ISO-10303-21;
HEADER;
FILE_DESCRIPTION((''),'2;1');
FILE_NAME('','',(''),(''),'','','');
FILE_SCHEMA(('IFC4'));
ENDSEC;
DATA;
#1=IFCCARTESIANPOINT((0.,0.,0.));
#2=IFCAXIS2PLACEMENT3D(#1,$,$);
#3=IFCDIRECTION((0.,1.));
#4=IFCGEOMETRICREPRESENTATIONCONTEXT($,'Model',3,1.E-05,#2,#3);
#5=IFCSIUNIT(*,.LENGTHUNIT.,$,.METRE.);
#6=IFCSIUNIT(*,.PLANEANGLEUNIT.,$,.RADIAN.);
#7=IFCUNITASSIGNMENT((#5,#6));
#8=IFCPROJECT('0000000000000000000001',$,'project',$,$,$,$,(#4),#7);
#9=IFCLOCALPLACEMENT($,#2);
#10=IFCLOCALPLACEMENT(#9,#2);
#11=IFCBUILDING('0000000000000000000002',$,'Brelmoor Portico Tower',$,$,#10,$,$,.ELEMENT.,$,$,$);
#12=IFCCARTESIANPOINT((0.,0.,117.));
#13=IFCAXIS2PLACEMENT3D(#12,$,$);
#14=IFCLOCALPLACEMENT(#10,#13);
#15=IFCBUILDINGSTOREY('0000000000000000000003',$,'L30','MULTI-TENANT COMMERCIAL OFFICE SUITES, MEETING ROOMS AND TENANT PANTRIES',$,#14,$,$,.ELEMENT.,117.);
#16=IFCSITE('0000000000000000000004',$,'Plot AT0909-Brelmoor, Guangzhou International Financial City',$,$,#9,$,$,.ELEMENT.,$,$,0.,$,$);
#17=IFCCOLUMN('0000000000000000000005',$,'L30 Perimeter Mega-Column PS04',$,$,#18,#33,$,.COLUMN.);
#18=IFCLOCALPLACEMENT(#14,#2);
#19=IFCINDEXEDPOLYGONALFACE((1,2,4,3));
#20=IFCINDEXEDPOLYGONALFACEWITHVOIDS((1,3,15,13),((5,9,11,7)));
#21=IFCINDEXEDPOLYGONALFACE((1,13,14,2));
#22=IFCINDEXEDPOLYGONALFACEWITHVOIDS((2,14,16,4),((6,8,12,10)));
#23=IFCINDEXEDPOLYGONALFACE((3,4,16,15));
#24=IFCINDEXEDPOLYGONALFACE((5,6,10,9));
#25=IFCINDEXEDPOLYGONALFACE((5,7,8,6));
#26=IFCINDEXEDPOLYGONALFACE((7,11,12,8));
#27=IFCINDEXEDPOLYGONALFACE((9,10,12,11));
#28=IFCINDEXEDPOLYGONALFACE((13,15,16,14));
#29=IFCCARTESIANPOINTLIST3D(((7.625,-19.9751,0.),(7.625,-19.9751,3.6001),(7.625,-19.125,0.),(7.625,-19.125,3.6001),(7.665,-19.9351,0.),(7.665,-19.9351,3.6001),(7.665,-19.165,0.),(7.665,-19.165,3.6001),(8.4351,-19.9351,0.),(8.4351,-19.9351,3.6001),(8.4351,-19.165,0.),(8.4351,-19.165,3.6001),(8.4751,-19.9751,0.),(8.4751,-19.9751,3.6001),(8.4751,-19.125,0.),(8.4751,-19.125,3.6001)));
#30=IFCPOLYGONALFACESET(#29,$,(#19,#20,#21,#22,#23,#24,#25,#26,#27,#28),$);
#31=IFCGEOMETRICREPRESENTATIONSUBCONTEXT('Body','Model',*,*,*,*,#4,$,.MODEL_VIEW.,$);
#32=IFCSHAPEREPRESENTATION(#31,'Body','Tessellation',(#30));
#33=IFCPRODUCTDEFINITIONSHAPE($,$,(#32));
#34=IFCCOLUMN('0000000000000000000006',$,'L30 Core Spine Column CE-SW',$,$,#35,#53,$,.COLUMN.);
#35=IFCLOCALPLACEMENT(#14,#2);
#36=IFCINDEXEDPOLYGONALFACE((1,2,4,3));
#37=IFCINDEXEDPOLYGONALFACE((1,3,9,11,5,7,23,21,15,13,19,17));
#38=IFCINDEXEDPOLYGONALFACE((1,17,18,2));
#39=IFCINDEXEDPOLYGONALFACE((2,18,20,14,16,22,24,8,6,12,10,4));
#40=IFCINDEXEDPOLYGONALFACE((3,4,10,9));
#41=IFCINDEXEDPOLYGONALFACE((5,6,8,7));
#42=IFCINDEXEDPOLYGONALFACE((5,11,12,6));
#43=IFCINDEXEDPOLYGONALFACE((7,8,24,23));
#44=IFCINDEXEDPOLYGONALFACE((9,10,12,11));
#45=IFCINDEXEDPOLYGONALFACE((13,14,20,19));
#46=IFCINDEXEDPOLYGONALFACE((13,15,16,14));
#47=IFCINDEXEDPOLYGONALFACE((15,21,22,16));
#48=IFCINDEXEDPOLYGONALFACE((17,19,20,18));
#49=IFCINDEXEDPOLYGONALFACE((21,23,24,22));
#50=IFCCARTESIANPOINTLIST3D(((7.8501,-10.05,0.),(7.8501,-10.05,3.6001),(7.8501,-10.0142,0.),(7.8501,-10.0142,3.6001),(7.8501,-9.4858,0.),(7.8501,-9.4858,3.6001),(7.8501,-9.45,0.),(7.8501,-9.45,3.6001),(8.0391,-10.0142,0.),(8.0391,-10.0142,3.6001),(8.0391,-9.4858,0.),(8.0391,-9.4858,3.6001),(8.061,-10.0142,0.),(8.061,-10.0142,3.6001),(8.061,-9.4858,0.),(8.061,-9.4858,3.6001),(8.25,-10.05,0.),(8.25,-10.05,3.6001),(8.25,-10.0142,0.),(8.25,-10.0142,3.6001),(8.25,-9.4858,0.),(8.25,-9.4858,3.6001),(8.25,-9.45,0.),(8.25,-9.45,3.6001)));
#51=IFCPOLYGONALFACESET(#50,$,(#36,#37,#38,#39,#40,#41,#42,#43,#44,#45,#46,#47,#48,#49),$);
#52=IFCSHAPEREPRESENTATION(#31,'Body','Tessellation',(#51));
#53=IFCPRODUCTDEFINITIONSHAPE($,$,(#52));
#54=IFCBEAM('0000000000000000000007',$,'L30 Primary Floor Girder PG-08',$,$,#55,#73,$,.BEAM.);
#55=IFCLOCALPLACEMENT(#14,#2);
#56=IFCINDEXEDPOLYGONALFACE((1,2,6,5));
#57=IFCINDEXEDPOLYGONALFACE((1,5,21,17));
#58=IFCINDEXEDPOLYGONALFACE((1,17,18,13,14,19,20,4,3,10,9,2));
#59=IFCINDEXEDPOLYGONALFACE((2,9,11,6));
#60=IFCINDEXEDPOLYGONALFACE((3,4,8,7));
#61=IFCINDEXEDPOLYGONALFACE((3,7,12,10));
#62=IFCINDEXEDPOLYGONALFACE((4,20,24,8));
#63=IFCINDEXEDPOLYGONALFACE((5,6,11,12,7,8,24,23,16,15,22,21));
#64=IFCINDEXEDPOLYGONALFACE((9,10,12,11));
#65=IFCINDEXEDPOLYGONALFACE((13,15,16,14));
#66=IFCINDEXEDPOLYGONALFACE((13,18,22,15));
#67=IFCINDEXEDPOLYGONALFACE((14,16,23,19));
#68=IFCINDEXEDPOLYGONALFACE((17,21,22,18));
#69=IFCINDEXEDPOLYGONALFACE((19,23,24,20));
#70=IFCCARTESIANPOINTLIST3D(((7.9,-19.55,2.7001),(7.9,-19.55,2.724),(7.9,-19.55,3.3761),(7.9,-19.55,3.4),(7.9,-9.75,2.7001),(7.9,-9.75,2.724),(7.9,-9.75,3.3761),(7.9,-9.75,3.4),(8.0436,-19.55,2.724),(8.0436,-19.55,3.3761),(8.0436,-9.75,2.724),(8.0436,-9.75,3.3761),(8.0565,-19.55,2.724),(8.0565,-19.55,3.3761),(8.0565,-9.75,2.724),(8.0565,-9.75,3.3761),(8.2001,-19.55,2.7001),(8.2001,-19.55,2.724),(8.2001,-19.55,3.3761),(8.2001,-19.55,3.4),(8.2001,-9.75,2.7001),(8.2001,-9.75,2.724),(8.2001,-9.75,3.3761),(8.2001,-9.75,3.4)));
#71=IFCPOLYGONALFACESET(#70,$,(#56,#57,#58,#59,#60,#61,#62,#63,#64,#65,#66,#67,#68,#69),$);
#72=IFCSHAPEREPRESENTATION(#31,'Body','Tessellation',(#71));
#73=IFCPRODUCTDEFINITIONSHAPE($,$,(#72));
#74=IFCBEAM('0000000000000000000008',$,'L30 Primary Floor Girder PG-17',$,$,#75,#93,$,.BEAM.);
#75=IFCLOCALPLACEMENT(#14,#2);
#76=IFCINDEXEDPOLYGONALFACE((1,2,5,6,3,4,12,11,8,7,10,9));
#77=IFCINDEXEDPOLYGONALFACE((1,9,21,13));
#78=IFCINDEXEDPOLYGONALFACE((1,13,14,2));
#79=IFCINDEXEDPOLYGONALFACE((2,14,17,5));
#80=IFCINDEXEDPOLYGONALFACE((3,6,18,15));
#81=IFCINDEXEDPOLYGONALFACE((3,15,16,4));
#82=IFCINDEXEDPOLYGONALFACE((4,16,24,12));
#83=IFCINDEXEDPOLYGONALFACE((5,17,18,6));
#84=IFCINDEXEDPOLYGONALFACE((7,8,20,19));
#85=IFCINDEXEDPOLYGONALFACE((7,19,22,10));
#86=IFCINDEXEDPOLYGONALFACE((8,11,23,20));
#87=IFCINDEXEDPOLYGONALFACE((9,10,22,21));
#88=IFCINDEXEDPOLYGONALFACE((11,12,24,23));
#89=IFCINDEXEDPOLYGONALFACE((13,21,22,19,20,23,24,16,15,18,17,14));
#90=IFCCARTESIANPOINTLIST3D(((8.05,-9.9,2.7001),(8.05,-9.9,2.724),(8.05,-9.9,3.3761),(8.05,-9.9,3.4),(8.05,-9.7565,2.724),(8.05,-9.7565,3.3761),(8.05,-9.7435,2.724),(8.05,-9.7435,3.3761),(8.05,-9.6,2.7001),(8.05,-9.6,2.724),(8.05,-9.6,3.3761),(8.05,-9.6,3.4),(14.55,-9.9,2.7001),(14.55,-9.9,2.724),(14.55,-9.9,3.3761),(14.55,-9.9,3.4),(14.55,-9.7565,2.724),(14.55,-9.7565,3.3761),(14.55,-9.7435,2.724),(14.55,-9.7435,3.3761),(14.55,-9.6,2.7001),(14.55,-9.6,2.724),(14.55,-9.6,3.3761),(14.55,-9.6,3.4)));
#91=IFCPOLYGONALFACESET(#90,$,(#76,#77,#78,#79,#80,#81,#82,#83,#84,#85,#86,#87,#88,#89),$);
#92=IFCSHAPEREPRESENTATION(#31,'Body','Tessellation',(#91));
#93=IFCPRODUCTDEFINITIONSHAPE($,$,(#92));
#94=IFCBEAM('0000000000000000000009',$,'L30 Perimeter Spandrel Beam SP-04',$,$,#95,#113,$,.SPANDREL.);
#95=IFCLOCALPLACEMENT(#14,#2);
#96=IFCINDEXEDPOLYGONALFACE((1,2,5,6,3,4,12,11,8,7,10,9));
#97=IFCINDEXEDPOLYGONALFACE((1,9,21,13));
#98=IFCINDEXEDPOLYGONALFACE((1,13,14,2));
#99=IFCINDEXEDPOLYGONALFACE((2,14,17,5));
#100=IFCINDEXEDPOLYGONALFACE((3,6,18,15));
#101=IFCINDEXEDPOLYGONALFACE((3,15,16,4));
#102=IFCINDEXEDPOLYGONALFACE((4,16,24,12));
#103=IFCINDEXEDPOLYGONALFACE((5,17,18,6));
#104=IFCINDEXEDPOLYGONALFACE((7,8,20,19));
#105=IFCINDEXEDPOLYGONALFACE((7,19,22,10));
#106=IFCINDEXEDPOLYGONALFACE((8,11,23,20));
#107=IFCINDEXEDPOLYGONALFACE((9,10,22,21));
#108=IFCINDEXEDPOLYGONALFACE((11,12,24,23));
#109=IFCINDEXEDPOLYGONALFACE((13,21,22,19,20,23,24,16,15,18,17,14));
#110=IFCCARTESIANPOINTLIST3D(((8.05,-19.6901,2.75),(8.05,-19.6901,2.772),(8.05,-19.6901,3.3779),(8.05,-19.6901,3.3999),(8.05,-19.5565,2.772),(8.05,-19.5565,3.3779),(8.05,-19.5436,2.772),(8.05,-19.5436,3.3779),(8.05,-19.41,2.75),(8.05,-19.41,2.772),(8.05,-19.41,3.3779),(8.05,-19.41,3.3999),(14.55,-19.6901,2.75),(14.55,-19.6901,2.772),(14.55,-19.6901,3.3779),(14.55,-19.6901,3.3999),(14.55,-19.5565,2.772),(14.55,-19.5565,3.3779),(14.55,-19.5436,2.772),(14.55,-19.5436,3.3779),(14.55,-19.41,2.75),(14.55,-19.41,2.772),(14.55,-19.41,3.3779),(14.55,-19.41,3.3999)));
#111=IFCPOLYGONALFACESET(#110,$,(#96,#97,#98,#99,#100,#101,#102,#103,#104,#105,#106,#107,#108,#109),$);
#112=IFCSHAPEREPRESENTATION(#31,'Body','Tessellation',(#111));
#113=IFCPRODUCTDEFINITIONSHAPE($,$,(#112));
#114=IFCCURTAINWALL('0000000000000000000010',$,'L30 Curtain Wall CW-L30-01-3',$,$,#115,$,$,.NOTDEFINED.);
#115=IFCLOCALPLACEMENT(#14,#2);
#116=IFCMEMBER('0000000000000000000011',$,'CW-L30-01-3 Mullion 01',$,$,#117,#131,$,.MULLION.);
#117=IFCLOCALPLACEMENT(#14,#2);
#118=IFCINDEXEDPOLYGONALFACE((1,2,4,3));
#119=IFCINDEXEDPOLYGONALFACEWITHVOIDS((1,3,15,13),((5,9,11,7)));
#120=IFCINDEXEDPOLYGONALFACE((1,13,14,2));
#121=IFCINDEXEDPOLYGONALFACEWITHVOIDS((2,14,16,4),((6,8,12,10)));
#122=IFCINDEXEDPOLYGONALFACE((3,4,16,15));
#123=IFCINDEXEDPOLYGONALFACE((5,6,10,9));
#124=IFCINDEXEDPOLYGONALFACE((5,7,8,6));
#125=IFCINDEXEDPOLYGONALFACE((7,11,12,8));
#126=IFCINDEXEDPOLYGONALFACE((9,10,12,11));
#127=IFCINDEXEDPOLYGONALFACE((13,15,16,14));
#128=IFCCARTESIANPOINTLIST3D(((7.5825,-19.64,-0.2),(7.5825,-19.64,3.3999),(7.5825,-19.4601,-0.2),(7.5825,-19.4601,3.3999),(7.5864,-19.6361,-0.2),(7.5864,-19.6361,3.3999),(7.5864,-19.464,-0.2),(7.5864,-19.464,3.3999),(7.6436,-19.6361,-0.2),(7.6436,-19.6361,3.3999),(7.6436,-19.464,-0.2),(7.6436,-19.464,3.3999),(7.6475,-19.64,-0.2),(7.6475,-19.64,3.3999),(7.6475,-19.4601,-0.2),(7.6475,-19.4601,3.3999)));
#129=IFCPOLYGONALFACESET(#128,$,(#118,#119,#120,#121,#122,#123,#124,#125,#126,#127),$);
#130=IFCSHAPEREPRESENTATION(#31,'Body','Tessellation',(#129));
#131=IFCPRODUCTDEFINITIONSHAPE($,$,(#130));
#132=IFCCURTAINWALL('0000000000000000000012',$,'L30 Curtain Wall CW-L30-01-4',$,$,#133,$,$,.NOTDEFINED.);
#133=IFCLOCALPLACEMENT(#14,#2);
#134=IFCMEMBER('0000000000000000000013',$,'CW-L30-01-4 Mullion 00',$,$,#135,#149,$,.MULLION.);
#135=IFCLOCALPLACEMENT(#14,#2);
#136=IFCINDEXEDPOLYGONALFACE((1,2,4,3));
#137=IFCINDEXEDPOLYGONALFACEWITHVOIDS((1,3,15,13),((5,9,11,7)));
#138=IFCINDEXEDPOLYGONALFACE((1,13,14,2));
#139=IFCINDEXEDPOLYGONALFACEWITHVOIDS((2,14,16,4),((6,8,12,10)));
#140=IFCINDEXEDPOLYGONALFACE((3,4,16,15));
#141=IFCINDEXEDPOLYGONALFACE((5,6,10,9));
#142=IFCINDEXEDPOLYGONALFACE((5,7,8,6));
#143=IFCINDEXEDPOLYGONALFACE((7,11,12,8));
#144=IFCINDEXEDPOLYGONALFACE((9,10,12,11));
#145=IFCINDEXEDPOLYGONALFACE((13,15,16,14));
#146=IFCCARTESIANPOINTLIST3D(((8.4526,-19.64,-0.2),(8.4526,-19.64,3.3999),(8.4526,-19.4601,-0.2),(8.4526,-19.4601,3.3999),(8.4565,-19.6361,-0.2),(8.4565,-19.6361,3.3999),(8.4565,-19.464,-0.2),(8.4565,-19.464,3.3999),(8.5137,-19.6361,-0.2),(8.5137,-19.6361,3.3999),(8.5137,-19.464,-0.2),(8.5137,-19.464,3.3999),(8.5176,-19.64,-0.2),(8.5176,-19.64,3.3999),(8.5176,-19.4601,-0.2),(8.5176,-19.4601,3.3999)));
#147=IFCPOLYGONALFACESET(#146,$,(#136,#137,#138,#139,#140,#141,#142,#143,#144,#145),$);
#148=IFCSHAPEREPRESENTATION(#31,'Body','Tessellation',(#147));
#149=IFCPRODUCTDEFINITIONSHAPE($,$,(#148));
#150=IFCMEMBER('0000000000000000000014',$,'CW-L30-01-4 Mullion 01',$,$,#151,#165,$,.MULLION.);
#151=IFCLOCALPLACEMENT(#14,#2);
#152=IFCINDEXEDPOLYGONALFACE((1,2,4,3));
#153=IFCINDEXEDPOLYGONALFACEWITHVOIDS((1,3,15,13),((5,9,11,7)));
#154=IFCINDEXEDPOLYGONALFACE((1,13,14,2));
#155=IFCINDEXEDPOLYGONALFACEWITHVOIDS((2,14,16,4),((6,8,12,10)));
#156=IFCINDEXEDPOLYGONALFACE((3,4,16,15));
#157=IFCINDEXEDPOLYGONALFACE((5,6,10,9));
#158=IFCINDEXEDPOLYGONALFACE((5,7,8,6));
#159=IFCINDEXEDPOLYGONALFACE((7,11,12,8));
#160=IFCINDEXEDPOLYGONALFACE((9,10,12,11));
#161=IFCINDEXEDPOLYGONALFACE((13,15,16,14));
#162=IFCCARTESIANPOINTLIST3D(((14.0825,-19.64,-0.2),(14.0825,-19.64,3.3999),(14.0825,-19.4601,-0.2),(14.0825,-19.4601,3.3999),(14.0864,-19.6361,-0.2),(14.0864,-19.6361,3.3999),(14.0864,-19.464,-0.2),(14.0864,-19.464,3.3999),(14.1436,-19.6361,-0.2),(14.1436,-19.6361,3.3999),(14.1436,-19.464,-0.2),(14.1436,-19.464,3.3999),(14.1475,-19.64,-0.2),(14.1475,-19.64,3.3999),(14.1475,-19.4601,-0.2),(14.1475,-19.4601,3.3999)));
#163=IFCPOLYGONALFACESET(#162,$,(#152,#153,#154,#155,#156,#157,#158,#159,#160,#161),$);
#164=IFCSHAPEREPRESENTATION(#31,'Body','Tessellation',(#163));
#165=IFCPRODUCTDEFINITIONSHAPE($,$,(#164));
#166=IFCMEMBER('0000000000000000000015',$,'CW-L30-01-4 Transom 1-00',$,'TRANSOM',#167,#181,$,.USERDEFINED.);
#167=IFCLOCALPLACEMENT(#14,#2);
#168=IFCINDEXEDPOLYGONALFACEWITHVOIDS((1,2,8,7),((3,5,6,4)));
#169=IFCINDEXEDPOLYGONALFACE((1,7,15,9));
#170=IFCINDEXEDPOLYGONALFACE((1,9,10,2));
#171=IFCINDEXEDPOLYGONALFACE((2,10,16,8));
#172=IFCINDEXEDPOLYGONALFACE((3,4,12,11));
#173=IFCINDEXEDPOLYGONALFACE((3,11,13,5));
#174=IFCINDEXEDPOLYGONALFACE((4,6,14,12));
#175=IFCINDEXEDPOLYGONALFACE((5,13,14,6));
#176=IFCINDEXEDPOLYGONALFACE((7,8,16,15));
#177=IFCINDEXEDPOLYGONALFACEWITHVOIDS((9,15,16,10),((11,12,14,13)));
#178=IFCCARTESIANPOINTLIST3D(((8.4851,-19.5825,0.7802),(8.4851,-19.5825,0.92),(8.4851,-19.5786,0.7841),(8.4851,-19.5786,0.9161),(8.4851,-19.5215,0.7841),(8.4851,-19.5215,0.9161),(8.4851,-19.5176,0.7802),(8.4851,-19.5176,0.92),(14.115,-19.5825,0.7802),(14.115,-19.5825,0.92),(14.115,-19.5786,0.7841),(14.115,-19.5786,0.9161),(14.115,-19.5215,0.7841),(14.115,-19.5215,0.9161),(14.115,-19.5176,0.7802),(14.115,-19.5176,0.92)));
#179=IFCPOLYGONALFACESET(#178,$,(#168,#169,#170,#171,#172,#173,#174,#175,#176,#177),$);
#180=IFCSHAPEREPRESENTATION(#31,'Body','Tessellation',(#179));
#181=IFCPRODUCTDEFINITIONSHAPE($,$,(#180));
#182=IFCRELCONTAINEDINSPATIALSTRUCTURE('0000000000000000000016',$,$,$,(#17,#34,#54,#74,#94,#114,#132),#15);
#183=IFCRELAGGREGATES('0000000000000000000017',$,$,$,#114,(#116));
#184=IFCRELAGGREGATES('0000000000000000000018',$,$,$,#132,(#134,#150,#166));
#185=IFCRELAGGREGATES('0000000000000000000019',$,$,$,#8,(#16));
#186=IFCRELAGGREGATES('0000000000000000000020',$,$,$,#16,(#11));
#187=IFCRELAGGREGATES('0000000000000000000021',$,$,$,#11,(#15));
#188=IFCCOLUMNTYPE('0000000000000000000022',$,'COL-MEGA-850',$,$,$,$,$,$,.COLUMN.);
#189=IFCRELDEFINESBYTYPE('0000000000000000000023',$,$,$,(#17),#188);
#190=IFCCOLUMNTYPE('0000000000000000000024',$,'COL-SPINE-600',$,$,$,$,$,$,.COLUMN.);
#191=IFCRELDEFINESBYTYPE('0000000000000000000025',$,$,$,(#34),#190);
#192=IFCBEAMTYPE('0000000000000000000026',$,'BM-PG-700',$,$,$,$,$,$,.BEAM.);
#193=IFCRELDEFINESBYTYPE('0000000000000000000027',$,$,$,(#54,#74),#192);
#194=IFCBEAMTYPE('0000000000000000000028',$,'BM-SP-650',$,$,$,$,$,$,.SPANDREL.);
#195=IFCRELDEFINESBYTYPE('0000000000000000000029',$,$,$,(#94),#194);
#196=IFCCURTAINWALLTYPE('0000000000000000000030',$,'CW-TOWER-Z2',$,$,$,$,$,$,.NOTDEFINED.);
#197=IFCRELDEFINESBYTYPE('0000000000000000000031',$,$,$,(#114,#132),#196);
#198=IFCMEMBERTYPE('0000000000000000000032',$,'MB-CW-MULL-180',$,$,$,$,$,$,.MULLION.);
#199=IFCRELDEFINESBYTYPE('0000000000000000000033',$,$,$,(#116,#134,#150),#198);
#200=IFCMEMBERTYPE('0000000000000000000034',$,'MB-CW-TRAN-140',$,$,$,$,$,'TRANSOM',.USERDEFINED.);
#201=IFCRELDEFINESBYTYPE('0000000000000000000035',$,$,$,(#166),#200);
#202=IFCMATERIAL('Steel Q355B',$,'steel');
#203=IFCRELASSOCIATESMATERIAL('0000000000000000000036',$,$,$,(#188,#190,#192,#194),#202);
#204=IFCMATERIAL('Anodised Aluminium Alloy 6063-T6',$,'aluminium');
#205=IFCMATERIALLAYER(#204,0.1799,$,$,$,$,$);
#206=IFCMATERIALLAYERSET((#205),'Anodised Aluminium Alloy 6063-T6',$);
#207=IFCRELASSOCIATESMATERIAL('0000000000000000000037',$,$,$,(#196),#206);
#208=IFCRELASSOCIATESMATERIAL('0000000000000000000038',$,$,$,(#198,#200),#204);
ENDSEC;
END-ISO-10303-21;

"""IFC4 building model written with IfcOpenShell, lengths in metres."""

from ifc_helpers import new_model, si_unit, direction, frame, origin, origin_2d, place, context, subcontext, project, spatial, hollow_rectangle, i_section, extrude, material, layer, layer_set, material_profile, profile_set, type_object, element, aggregate, save


model = new_model("IFC4")

# Units and contexts
model_context = context("Model", 3, precision=1e-05, world=origin(), true_north=direction((0.0, 1.0)))
body_context = subcontext(model_context, "Body", "Model", "MODEL_VIEW")
ifc_project = project(units=[si_unit("LENGTHUNIT", "METRE"), si_unit("PLANEANGLEUNIT", "RADIAN")], contexts=[model_context])

# Site, building, storey
site_placement = place(None, origin())
site = spatial("IfcSite", under=ifc_project, at=site_placement, Name="Plot AT0909-Brelmoor, Guangzhou International Financial City", CompositionType="ELEMENT", RefElevation=0.0)
building_placement = place(site_placement, origin())
building = spatial("IfcBuilding", under=site, at=building_placement, Name="Brelmoor Portico Tower", CompositionType="ELEMENT")
storey_placement = place(building_placement, frame((0.0, 0.0, 117.0)))
storey = spatial("IfcBuildingStorey", under=building, at=storey_placement, Name="L30", Description="MULTI-TENANT COMMERCIAL OFFICE SUITES, MEETING ROOMS AND TENANT PANTRIES", CompositionType="ELEMENT", Elevation=117.0)

# Columns
ifc_material_1 = material(Name="Steel Q355B", Category="steel")
ifc_material_profile_1 = material_profile(ifc_material_1, hollow_rectangle(XDim=0.8501, YDim=0.8501, WallThickness=0.04, at=origin_2d()), Name="BOX 850x850x40")
ifc_profile_set_1 = profile_set([ifc_material_profile_1], Name="Steel Q355B")
column_type_1 = type_object("IfcColumnType", Name="COL-MEGA-850", PredefinedType="COLUMN", material=ifc_profile_set_1)
column_1_placement = place(storey_placement, frame((8.05, -19.55, 0.0), z_axis=(0.0, 0.0, 1.0), x_axis=(1.0, 0.0, 0.0)))
element("IfcColumn", 1, at=column_1_placement, inside=storey, type_object=column_type_1, Name="L30 Perimeter Mega-Column PS04", PredefinedType="COLUMN", context=body_context, shape_type="SweptSolid", body=[
    extrude(hollow_rectangle(XDim=0.8501, YDim=0.8501, WallThickness=0.04, at=origin_2d()), origin(), (0.0, 0.0, 1.0), 3.6001),
])
ifc_material_profile_2 = material_profile(ifc_material_1, i_section(OverallWidth=0.3999, OverallDepth=0.6001, WebThickness=0.022, FlangeThickness=0.0359, at=origin_2d()), Name="HW 600x400x22x36")
ifc_profile_set_2 = profile_set([ifc_material_profile_2], Name="Steel Q355B")
column_type_2 = type_object("IfcColumnType", Name="COL-SPINE-600", PredefinedType="COLUMN", material=ifc_profile_set_2)
column_2_placement = place(storey_placement, frame((8.05, -9.75, 0.0), z_axis=(0.0, 0.0, 1.0), x_axis=(1.0, 0.0, 0.0)))
element("IfcColumn", 2, at=column_2_placement, inside=storey, type_object=column_type_2, Name="L30 Core Spine Column CE-SW", PredefinedType="COLUMN", context=body_context, shape_type="SweptSolid", body=[
    extrude(i_section(OverallWidth=0.3999, OverallDepth=0.6001, WebThickness=0.022, FlangeThickness=0.0359, at=origin_2d()), origin(), (0.0, 0.0, 1.0), 3.6001),
])

# Beams
ifc_material_profile_3 = material_profile(ifc_material_1, i_section(OverallWidth=0.3, OverallDepth=0.7, WebThickness=0.0129, FlangeThickness=0.0239, at=origin_2d()), Name="HN 700x300x13x24")
ifc_profile_set_3 = profile_set([ifc_material_profile_3], Name="Steel Q355B")
beam_type_1 = type_object("IfcBeamType", Name="BM-PG-700", PredefinedType="BEAM", material=ifc_profile_set_3)
beam_1_placement = place(storey_placement, frame((8.05, -19.55, 3.05), z_axis=(0.0, 1.0, 0.0), x_axis=(-1.0, 0.0, 0.0)))
element("IfcBeam", 3, at=beam_1_placement, inside=storey, type_object=beam_type_1, Name="L30 Primary Floor Girder PG-08", PredefinedType="BEAM", context=body_context, shape_type="SweptSolid", body=[
    extrude(i_section(OverallWidth=0.3, OverallDepth=0.7, WebThickness=0.0129, FlangeThickness=0.0239, at=origin_2d()), origin(), (0.0, 0.0, 1.0), 9.8),
])
beam_2_placement = place(storey_placement, frame((8.05, -9.75, 3.05), z_axis=(1.0, 0.0, 0.0), x_axis=(0.0, 1.0, 0.0)))
element("IfcBeam", 4, at=beam_2_placement, inside=storey, type_object=beam_type_1, Name="L30 Primary Floor Girder PG-17", PredefinedType="BEAM", context=body_context, shape_type="SweptSolid", body=[
    extrude(i_section(OverallWidth=0.3, OverallDepth=0.7, WebThickness=0.0129, FlangeThickness=0.0239, at=origin_2d()), origin(), (0.0, 0.0, 1.0), 6.5),
])
ifc_material_profile_4 = material_profile(ifc_material_1, i_section(OverallWidth=0.28, OverallDepth=0.6499, WebThickness=0.0129, FlangeThickness=0.022, at=origin_2d()), Name="HN 650x280x13x22")
ifc_profile_set_4 = profile_set([ifc_material_profile_4], Name="Steel Q355B")
beam_type_2 = type_object("IfcBeamType", Name="BM-SP-650", PredefinedType="SPANDREL", material=ifc_profile_set_4)
beam_3_placement = place(storey_placement, frame((8.05, -19.55, 3.075), z_axis=(1.0, 0.0, 0.0), x_axis=(0.0, 1.0, 0.0)))
element("IfcBeam", 5, at=beam_3_placement, inside=storey, type_object=beam_type_2, Name="L30 Perimeter Spandrel Beam SP-04", PredefinedType="SPANDREL", context=body_context, shape_type="SweptSolid", body=[
    extrude(i_section(OverallWidth=0.28, OverallDepth=0.6499, WebThickness=0.0129, FlangeThickness=0.022, at=origin_2d()), origin(), (0.0, 0.0, 1.0), 6.5),
])

# Curtain wall, member
ifc_material_2 = material(Name="Anodised Aluminium Alloy 6063-T6", Category="aluminium")
ifc_layer_1 = layer(ifc_material_2, 0.1799)
ifc_layer_set_1 = layer_set([ifc_layer_1], Name="Anodised Aluminium Alloy 6063-T6")
curtain_wall_type = type_object("IfcCurtainWallType", Name="CW-TOWER-Z2", PredefinedType="NOTDEFINED", material=ifc_layer_set_1)
curtain_wall_1_placement = place(storey_placement, origin())
curtain_wall_1 = element("IfcCurtainWall", 6, at=curtain_wall_1_placement, inside=storey, type_object=curtain_wall_type, Name="L30 Curtain Wall CW-L30-01-3", PredefinedType="NOTDEFINED")
ifc_material_profile_5 = material_profile(ifc_material_2, hollow_rectangle(XDim=0.0649, YDim=0.1799, WallThickness=0.0039, at=origin_2d()), Name="ALU MULLION 65x180")
ifc_profile_set_5 = profile_set([ifc_material_profile_5], Name="Anodised Aluminium Alloy 6063-T6")
member_type_1 = type_object("IfcMemberType", Name="MB-CW-MULL-180", PredefinedType="MULLION", material=ifc_profile_set_5)
member_1_placement = place(storey_placement, frame((7.615, -19.55, -0.2), z_axis=(0.0, 0.0, 1.0), x_axis=(1.0, 0.0, 0.0)))
member_1 = element("IfcMember", 7, at=member_1_placement, type_object=member_type_1, Name="CW-L30-01-3 Mullion 01", PredefinedType="MULLION", context=body_context, shape_type="SweptSolid", body=[
    extrude(hollow_rectangle(XDim=0.0649, YDim=0.1799, WallThickness=0.0039, at=origin_2d()), origin(), (0.0, 0.0, 1.0), 3.5999),
])

# Curtain wall, members
curtain_wall_2_placement = place(storey_placement, origin())
curtain_wall_2 = element("IfcCurtainWall", 8, at=curtain_wall_2_placement, inside=storey, type_object=curtain_wall_type, Name="L30 Curtain Wall CW-L30-01-4", PredefinedType="NOTDEFINED")
member_2_placement = place(storey_placement, frame((8.4851, -19.55, -0.2), z_axis=(0.0, 0.0, 1.0), x_axis=(1.0, 0.0, 0.0)))
member_2 = element("IfcMember", 9, at=member_2_placement, type_object=member_type_1, Name="CW-L30-01-4 Mullion 00", PredefinedType="MULLION", context=body_context, shape_type="SweptSolid", body=[
    extrude(hollow_rectangle(XDim=0.0649, YDim=0.1799, WallThickness=0.0039, at=origin_2d()), origin(), (0.0, 0.0, 1.0), 3.5999),
])
member_3_placement = place(storey_placement, frame((14.115, -19.55, -0.2), z_axis=(0.0, 0.0, 1.0), x_axis=(1.0, 0.0, 0.0)))
member_3 = element("IfcMember", 10, at=member_3_placement, type_object=member_type_1, Name="CW-L30-01-4 Mullion 01", PredefinedType="MULLION", context=body_context, shape_type="SweptSolid", body=[
    extrude(hollow_rectangle(XDim=0.0649, YDim=0.1799, WallThickness=0.0039, at=origin_2d()), origin(), (0.0, 0.0, 1.0), 3.5999),
])
ifc_material_profile_6 = material_profile(ifc_material_2, hollow_rectangle(XDim=0.0649, YDim=0.1399, WallThickness=0.0039, at=origin_2d()), Name="ALU TRANSOM 65x140")
ifc_profile_set_6 = profile_set([ifc_material_profile_6], Name="Anodised Aluminium Alloy 6063-T6")
member_type_2 = type_object("IfcMemberType", Name="MB-CW-TRAN-140", ElementType="TRANSOM", PredefinedType="USERDEFINED", material=ifc_profile_set_6)
member_4_placement = place(storey_placement, frame((8.4851, -19.55, 0.8501), z_axis=(1.0, 0.0, 0.0), x_axis=(0.0, 1.0, 0.0)))
member_4 = element("IfcMember", 11, at=member_4_placement, type_object=member_type_2, Name="CW-L30-01-4 Transom 1-00", ObjectType="TRANSOM", PredefinedType="USERDEFINED", context=body_context, shape_type="SweptSolid", body=[
    extrude(hollow_rectangle(XDim=0.0649, YDim=0.1399, WallThickness=0.0039, at=origin_2d()), origin(), (0.0, 0.0, 1.0), 5.6299),
])

aggregate(curtain_wall_1, [member_1])
aggregate(curtain_wall_2, [member_2, member_3, member_4])

save(model, "model.ifc")
